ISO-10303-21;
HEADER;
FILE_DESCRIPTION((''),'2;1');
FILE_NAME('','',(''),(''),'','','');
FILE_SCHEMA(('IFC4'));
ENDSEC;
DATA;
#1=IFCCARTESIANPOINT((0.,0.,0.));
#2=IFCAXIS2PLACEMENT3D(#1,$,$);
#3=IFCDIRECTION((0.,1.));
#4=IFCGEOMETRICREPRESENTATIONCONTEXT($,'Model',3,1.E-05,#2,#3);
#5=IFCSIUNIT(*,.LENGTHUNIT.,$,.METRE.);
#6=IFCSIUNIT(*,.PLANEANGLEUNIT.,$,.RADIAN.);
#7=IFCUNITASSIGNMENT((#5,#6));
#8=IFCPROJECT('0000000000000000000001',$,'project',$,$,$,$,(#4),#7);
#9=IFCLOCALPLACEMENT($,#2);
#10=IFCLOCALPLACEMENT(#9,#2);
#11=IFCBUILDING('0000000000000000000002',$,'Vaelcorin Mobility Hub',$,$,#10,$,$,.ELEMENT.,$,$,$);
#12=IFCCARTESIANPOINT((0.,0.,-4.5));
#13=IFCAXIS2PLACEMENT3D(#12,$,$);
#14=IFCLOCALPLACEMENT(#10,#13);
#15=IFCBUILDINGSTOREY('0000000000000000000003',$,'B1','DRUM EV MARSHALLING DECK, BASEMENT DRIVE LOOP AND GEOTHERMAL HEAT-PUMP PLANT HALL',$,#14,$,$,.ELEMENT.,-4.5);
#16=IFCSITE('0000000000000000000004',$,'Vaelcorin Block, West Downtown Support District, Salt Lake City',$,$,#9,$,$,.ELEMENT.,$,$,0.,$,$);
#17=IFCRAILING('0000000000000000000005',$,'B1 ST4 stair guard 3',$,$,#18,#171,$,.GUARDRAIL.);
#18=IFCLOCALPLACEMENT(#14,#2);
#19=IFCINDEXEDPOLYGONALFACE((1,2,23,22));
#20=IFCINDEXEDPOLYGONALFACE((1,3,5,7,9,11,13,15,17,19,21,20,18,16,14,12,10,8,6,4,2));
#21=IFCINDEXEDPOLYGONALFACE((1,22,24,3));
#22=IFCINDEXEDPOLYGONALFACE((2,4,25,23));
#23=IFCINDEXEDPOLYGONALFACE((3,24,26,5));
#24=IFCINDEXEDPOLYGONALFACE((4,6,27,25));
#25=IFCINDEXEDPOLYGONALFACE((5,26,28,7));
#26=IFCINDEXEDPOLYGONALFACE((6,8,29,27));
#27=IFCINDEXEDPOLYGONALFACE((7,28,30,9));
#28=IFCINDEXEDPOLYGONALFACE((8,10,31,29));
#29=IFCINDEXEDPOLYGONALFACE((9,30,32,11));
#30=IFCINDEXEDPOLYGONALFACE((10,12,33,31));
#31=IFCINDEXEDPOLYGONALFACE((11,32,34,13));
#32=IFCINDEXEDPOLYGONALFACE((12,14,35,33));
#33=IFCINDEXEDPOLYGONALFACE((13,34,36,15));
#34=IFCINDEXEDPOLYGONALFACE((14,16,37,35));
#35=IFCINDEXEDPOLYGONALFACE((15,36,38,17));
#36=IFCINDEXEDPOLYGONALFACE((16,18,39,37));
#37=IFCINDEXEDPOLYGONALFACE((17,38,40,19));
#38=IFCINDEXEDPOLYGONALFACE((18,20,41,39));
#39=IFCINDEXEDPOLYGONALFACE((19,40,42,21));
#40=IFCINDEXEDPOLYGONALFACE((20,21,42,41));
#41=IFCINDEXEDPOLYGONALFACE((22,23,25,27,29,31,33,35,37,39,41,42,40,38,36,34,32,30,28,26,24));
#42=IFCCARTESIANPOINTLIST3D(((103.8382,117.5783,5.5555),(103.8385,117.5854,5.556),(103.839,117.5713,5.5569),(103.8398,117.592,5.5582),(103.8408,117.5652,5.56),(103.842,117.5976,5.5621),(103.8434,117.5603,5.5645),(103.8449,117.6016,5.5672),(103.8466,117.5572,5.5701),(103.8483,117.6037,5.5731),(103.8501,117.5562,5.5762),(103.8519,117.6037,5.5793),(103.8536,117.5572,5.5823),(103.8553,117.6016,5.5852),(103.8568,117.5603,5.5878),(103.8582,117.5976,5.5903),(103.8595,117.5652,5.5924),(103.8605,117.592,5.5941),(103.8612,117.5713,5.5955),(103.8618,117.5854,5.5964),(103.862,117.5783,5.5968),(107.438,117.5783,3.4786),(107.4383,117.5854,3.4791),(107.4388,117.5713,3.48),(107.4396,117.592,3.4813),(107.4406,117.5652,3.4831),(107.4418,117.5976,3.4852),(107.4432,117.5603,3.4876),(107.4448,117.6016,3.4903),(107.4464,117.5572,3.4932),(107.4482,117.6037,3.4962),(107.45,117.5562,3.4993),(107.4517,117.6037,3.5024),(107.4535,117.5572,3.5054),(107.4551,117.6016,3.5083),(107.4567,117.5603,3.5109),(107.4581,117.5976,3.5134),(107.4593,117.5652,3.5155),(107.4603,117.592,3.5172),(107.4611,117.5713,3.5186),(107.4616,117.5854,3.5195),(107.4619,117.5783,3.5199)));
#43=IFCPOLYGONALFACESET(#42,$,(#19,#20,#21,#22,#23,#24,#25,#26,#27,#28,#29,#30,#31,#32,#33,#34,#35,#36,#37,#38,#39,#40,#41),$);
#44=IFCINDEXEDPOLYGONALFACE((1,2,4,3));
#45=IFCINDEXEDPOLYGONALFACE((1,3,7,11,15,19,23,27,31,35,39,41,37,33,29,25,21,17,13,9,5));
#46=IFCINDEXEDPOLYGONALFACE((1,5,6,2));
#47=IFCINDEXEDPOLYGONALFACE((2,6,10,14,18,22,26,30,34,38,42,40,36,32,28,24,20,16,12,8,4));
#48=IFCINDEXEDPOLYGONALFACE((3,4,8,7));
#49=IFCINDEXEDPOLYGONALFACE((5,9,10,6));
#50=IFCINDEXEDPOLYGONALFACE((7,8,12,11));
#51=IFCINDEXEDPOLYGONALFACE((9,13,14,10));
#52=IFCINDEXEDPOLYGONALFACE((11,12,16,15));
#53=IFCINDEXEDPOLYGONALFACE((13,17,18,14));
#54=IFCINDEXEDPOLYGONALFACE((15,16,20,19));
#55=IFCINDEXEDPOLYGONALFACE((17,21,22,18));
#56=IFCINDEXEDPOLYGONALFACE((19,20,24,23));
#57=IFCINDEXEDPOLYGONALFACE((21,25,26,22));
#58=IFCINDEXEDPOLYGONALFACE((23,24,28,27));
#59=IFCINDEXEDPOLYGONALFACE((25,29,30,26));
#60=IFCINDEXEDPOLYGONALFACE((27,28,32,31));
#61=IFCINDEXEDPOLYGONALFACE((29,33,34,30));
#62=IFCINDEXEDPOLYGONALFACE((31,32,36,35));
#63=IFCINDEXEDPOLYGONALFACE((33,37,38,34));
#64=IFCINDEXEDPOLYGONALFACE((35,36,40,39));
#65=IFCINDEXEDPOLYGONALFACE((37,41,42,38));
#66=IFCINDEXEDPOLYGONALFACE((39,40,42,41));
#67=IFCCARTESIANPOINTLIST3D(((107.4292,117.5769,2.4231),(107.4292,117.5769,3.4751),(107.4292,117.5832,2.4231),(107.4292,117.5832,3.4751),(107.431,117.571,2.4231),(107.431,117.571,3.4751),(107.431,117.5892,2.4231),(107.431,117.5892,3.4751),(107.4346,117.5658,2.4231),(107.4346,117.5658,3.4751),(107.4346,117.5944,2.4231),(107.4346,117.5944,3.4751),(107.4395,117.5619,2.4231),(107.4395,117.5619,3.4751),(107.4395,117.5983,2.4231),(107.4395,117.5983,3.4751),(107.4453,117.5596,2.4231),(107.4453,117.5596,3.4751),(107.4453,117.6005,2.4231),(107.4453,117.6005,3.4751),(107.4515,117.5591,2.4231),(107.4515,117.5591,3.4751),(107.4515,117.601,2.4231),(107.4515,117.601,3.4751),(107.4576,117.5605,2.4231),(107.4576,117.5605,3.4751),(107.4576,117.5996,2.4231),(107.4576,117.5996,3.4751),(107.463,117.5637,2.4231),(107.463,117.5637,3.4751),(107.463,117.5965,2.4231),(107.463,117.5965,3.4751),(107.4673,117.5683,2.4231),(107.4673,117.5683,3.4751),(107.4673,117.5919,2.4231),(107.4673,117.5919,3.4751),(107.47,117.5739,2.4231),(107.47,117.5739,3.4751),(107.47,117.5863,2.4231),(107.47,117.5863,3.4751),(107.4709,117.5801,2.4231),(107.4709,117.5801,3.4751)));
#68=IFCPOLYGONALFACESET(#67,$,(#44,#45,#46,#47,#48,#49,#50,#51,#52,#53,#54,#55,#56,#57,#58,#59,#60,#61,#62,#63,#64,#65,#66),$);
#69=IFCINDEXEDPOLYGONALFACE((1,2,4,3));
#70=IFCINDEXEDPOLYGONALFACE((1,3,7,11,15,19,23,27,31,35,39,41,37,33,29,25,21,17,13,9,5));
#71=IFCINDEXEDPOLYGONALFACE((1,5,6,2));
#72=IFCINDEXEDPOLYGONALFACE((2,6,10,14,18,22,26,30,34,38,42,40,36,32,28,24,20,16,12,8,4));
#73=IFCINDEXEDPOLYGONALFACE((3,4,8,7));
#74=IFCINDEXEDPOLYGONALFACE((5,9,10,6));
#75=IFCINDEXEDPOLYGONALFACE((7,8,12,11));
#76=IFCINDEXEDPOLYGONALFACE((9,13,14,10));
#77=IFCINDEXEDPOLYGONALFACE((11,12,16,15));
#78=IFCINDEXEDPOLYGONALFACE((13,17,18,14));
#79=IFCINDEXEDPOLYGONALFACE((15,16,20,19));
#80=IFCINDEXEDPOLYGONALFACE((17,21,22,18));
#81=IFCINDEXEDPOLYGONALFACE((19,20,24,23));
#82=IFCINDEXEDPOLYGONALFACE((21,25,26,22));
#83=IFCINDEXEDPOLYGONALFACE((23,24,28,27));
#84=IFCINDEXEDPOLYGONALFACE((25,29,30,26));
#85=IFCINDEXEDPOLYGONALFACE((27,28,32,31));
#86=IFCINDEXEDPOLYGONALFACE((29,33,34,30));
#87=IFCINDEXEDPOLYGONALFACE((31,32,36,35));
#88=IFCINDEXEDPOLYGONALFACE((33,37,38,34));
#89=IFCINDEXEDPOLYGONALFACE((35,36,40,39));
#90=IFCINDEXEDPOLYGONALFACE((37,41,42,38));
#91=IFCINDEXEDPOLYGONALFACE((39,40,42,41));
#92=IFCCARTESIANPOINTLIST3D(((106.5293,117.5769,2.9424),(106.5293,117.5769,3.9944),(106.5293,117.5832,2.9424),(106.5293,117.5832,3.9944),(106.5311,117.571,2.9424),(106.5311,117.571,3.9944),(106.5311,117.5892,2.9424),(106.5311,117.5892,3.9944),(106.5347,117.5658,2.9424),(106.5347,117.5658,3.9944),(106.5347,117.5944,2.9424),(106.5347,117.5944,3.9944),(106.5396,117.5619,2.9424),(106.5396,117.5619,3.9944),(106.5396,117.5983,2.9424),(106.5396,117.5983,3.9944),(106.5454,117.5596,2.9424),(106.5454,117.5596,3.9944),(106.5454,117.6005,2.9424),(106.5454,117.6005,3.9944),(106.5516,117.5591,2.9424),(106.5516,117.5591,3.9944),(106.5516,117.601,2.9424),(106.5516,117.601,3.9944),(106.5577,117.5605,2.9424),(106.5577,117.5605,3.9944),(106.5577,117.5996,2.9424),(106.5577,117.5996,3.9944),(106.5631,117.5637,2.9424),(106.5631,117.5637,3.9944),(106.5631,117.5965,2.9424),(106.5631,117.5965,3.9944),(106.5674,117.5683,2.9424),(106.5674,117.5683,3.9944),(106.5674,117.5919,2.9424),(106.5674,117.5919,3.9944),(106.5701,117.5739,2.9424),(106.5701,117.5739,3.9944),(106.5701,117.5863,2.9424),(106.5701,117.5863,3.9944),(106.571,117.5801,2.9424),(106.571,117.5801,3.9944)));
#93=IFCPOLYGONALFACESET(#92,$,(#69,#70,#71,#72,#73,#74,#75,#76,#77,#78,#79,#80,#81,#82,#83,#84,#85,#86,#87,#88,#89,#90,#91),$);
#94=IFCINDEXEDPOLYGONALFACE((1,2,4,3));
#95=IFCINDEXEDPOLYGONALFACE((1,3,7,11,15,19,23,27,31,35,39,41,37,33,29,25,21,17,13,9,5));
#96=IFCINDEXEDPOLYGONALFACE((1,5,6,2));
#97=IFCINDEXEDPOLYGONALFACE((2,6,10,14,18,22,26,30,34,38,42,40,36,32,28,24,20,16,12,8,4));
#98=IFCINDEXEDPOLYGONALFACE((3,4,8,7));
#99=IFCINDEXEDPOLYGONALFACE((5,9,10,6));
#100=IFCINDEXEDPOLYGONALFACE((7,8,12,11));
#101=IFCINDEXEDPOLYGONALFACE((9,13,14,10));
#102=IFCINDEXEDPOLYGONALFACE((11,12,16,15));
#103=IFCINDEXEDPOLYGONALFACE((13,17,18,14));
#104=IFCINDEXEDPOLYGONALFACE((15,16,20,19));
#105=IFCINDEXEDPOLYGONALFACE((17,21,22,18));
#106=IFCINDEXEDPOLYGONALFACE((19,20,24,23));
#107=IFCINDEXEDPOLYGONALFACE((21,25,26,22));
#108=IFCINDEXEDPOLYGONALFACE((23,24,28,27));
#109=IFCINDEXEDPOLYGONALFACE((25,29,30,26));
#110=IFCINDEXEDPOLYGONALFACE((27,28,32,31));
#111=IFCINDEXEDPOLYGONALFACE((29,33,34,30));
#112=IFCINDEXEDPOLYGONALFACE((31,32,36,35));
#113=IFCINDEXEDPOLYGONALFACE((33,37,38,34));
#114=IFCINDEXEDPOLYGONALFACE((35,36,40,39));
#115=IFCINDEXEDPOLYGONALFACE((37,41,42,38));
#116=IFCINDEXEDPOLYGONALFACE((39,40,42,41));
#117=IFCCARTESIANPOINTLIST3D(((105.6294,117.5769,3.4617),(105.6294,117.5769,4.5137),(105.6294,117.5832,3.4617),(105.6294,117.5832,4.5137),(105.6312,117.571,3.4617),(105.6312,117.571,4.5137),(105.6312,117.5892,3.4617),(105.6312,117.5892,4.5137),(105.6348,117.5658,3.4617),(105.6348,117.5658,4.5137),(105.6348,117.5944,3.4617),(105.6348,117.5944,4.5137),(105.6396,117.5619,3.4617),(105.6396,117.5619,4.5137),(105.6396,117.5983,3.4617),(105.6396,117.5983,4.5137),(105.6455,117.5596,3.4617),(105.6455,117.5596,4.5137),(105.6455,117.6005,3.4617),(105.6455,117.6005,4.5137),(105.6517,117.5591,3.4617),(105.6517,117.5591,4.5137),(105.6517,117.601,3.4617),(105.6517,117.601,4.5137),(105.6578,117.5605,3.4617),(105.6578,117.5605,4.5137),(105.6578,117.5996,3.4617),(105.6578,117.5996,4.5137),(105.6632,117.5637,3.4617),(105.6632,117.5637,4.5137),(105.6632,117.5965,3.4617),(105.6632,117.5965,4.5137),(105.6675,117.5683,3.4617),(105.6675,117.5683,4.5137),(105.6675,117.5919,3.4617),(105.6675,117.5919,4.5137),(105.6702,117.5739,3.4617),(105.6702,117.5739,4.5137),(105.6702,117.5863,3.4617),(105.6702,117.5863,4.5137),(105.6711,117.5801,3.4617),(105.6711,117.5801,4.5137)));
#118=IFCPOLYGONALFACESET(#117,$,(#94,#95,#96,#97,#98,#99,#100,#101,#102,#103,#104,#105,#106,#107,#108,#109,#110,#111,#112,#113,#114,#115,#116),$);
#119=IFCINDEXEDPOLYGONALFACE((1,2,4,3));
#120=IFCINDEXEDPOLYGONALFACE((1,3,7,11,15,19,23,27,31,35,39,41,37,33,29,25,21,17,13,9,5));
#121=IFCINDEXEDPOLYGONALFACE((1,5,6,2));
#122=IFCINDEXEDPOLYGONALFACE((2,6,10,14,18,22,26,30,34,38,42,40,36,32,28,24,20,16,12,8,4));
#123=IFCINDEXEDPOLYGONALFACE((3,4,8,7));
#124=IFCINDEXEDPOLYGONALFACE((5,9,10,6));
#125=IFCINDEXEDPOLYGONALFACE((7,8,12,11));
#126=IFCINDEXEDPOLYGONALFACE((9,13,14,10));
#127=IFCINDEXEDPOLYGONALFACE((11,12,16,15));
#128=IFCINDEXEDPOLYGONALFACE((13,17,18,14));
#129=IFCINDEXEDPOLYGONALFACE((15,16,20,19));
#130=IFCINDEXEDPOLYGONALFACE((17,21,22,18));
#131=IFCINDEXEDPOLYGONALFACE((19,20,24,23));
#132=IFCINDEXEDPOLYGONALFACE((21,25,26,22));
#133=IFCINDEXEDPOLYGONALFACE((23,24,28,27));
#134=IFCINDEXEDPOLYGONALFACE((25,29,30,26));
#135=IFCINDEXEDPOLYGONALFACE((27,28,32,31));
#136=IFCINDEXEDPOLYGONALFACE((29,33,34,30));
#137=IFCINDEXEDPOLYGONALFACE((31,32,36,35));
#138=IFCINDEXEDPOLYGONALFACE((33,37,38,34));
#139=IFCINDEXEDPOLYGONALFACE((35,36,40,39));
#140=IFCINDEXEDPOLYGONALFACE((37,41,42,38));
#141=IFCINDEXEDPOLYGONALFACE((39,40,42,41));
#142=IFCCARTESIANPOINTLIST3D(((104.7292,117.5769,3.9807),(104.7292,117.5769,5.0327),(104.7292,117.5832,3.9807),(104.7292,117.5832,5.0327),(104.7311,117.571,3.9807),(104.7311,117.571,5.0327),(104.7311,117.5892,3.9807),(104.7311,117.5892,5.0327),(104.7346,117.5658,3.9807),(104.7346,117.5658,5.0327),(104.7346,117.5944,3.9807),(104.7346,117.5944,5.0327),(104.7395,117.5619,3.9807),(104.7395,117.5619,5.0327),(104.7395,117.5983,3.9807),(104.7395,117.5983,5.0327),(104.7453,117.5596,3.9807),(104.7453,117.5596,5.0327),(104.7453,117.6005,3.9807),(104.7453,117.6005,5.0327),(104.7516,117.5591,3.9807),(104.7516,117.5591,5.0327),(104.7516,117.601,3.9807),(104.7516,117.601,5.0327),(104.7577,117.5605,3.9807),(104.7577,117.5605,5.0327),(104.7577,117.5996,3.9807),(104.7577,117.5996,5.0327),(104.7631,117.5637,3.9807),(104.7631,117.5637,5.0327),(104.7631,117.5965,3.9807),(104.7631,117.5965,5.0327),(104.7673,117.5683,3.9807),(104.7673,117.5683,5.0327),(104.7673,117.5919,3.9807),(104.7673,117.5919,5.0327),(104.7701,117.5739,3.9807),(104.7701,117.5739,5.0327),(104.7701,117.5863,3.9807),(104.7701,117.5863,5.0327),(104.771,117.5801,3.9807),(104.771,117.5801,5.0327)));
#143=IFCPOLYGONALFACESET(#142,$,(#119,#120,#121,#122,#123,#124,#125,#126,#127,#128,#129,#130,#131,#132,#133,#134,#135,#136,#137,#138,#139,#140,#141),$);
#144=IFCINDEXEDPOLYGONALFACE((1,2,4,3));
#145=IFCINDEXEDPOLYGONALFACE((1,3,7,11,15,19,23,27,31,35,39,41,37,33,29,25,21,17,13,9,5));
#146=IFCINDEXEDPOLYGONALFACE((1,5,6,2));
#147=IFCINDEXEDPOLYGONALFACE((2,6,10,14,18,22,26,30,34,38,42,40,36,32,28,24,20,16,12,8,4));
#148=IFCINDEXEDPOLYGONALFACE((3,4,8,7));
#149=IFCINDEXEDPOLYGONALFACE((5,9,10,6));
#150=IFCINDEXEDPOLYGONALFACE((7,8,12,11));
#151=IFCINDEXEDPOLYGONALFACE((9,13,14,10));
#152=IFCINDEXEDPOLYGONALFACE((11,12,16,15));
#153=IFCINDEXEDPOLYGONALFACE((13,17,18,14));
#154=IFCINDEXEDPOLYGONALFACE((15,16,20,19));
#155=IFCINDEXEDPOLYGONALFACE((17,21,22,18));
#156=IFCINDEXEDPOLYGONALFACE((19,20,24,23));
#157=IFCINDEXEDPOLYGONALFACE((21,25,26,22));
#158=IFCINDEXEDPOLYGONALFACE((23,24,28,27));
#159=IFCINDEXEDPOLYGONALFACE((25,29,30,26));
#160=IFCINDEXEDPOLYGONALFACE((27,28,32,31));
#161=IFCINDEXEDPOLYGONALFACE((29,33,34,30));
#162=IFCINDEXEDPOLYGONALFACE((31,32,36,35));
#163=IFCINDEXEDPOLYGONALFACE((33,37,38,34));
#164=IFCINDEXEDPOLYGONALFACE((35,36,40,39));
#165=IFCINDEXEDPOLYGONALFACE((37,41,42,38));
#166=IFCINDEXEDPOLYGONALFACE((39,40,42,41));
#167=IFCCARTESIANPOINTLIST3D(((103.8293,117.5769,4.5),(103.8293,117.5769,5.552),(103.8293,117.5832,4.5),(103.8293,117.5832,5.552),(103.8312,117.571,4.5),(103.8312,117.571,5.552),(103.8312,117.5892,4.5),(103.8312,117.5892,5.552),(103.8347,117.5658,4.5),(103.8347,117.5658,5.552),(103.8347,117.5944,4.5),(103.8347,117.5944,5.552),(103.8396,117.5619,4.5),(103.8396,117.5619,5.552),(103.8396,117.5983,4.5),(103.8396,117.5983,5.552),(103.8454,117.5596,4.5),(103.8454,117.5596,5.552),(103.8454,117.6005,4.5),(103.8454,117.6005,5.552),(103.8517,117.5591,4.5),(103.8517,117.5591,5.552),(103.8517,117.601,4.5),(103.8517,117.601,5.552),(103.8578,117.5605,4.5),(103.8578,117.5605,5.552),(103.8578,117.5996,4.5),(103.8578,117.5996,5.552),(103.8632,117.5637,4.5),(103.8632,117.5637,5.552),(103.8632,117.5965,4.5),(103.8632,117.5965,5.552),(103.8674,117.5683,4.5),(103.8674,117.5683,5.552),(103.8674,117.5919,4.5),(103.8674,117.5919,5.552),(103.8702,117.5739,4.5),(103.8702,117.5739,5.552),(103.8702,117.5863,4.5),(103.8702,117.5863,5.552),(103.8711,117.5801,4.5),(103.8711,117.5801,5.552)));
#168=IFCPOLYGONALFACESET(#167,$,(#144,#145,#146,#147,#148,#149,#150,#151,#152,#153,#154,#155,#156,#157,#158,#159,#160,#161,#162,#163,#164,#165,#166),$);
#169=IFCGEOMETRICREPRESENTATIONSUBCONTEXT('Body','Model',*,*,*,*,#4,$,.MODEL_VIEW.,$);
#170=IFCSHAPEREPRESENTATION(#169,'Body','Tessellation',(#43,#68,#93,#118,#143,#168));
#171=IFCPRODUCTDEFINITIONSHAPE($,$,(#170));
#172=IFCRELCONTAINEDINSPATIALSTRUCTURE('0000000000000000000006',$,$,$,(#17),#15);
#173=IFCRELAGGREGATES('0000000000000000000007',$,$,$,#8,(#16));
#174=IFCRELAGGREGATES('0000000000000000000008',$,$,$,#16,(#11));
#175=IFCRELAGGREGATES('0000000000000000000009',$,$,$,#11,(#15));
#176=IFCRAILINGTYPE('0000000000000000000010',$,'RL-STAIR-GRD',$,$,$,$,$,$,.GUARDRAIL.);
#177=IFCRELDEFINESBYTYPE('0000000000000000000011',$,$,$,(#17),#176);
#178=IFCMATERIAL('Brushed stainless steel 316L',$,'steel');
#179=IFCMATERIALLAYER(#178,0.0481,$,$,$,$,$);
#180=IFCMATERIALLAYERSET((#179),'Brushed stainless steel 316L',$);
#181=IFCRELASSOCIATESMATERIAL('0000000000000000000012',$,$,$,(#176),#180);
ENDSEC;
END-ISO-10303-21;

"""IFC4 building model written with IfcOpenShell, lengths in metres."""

from ifc_helpers import new_model, si_unit, direction, frame, origin, origin_2d, place, context, subcontext, project, spatial, circle, extrude, material, layer, layer_set, type_object, element, save


model = new_model("IFC4")

# Units and contexts
model_context = context("Model", 3, precision=1e-05, world=origin(), true_north=direction((0.0, 1.0)))
body_context = subcontext(model_context, "Body", "Model", "MODEL_VIEW")
ifc_project = project(units=[si_unit("LENGTHUNIT", "METRE"), si_unit("PLANEANGLEUNIT", "RADIAN")], contexts=[model_context])

# Site, building, storey
site_placement = place(None, origin())
site = spatial("IfcSite", under=ifc_project, at=site_placement, Name="Vaelcorin Block, West Downtown Support District, Salt Lake City", CompositionType="ELEMENT", RefElevation=0.0)
building_placement = place(site_placement, origin())
building = spatial("IfcBuilding", under=site, at=building_placement, Name="Vaelcorin Mobility Hub", CompositionType="ELEMENT")
storey_placement = place(building_placement, frame((0.0, 0.0, -4.5)))
storey = spatial("IfcBuildingStorey", under=building, at=storey_placement, Name="B1", Description="DRUM EV MARSHALLING DECK, BASEMENT DRIVE LOOP AND GEOTHERMAL HEAT-PUMP PLANT HALL", CompositionType="ELEMENT", Elevation=-4.5)

# Railing
ifc_material_1 = material(Name="Brushed stainless steel 316L", Category="steel")
ifc_layer_1 = layer(ifc_material_1, 0.0481)
ifc_layer_set_1 = layer_set([ifc_layer_1], Name="Brushed stainless steel 316L")
railing_type_1 = type_object("IfcRailingType", Name="RL-STAIR-GRD", PredefinedType="GUARDRAIL", material=ifc_layer_set_1)
railing_1_placement = place(storey_placement, frame((107.45, 117.5801, 2.4231)))
element("IfcRailing", 1, at=railing_1_placement, inside=storey, type_object=railing_type_1, Name="B1 ST4 stair guard 3", PredefinedType="GUARDRAIL", context=body_context, shape_type="SweptSolid", body=[
    extrude(circle(Radius=0.0239, at=origin_2d()), frame((0.0, 0.0, 1.0762), z_axis=(-0.866179, 0.0, 0.499734), x_axis=(0.0, -1.0, 0.0)), (0.0, 0.0, 1.0), 4.156),
    extrude(circle(Radius=0.021, at=origin_2d()), origin(), (0.0, 0.0, 1.0), 1.052),
    extrude(circle(Radius=0.021, at=origin_2d()), frame((-0.8999, 0.0, 0.5193)), (0.0, 0.0, 1.0), 1.052),
    extrude(circle(Radius=0.021, at=origin_2d()), frame((-1.7998, 0.0, 1.0386)), (0.0, 0.0, 1.0), 1.052),
    extrude(circle(Radius=0.021, at=origin_2d()), frame((-2.7, 0.0, 1.5576)), (0.0, 0.0, 1.0), 1.052),
    extrude(circle(Radius=0.021, at=origin_2d()), frame((-3.5999, 0.0, 2.0769)), (0.0, 0.0, 1.0), 1.052),
])

save(model, "model.ifc")
